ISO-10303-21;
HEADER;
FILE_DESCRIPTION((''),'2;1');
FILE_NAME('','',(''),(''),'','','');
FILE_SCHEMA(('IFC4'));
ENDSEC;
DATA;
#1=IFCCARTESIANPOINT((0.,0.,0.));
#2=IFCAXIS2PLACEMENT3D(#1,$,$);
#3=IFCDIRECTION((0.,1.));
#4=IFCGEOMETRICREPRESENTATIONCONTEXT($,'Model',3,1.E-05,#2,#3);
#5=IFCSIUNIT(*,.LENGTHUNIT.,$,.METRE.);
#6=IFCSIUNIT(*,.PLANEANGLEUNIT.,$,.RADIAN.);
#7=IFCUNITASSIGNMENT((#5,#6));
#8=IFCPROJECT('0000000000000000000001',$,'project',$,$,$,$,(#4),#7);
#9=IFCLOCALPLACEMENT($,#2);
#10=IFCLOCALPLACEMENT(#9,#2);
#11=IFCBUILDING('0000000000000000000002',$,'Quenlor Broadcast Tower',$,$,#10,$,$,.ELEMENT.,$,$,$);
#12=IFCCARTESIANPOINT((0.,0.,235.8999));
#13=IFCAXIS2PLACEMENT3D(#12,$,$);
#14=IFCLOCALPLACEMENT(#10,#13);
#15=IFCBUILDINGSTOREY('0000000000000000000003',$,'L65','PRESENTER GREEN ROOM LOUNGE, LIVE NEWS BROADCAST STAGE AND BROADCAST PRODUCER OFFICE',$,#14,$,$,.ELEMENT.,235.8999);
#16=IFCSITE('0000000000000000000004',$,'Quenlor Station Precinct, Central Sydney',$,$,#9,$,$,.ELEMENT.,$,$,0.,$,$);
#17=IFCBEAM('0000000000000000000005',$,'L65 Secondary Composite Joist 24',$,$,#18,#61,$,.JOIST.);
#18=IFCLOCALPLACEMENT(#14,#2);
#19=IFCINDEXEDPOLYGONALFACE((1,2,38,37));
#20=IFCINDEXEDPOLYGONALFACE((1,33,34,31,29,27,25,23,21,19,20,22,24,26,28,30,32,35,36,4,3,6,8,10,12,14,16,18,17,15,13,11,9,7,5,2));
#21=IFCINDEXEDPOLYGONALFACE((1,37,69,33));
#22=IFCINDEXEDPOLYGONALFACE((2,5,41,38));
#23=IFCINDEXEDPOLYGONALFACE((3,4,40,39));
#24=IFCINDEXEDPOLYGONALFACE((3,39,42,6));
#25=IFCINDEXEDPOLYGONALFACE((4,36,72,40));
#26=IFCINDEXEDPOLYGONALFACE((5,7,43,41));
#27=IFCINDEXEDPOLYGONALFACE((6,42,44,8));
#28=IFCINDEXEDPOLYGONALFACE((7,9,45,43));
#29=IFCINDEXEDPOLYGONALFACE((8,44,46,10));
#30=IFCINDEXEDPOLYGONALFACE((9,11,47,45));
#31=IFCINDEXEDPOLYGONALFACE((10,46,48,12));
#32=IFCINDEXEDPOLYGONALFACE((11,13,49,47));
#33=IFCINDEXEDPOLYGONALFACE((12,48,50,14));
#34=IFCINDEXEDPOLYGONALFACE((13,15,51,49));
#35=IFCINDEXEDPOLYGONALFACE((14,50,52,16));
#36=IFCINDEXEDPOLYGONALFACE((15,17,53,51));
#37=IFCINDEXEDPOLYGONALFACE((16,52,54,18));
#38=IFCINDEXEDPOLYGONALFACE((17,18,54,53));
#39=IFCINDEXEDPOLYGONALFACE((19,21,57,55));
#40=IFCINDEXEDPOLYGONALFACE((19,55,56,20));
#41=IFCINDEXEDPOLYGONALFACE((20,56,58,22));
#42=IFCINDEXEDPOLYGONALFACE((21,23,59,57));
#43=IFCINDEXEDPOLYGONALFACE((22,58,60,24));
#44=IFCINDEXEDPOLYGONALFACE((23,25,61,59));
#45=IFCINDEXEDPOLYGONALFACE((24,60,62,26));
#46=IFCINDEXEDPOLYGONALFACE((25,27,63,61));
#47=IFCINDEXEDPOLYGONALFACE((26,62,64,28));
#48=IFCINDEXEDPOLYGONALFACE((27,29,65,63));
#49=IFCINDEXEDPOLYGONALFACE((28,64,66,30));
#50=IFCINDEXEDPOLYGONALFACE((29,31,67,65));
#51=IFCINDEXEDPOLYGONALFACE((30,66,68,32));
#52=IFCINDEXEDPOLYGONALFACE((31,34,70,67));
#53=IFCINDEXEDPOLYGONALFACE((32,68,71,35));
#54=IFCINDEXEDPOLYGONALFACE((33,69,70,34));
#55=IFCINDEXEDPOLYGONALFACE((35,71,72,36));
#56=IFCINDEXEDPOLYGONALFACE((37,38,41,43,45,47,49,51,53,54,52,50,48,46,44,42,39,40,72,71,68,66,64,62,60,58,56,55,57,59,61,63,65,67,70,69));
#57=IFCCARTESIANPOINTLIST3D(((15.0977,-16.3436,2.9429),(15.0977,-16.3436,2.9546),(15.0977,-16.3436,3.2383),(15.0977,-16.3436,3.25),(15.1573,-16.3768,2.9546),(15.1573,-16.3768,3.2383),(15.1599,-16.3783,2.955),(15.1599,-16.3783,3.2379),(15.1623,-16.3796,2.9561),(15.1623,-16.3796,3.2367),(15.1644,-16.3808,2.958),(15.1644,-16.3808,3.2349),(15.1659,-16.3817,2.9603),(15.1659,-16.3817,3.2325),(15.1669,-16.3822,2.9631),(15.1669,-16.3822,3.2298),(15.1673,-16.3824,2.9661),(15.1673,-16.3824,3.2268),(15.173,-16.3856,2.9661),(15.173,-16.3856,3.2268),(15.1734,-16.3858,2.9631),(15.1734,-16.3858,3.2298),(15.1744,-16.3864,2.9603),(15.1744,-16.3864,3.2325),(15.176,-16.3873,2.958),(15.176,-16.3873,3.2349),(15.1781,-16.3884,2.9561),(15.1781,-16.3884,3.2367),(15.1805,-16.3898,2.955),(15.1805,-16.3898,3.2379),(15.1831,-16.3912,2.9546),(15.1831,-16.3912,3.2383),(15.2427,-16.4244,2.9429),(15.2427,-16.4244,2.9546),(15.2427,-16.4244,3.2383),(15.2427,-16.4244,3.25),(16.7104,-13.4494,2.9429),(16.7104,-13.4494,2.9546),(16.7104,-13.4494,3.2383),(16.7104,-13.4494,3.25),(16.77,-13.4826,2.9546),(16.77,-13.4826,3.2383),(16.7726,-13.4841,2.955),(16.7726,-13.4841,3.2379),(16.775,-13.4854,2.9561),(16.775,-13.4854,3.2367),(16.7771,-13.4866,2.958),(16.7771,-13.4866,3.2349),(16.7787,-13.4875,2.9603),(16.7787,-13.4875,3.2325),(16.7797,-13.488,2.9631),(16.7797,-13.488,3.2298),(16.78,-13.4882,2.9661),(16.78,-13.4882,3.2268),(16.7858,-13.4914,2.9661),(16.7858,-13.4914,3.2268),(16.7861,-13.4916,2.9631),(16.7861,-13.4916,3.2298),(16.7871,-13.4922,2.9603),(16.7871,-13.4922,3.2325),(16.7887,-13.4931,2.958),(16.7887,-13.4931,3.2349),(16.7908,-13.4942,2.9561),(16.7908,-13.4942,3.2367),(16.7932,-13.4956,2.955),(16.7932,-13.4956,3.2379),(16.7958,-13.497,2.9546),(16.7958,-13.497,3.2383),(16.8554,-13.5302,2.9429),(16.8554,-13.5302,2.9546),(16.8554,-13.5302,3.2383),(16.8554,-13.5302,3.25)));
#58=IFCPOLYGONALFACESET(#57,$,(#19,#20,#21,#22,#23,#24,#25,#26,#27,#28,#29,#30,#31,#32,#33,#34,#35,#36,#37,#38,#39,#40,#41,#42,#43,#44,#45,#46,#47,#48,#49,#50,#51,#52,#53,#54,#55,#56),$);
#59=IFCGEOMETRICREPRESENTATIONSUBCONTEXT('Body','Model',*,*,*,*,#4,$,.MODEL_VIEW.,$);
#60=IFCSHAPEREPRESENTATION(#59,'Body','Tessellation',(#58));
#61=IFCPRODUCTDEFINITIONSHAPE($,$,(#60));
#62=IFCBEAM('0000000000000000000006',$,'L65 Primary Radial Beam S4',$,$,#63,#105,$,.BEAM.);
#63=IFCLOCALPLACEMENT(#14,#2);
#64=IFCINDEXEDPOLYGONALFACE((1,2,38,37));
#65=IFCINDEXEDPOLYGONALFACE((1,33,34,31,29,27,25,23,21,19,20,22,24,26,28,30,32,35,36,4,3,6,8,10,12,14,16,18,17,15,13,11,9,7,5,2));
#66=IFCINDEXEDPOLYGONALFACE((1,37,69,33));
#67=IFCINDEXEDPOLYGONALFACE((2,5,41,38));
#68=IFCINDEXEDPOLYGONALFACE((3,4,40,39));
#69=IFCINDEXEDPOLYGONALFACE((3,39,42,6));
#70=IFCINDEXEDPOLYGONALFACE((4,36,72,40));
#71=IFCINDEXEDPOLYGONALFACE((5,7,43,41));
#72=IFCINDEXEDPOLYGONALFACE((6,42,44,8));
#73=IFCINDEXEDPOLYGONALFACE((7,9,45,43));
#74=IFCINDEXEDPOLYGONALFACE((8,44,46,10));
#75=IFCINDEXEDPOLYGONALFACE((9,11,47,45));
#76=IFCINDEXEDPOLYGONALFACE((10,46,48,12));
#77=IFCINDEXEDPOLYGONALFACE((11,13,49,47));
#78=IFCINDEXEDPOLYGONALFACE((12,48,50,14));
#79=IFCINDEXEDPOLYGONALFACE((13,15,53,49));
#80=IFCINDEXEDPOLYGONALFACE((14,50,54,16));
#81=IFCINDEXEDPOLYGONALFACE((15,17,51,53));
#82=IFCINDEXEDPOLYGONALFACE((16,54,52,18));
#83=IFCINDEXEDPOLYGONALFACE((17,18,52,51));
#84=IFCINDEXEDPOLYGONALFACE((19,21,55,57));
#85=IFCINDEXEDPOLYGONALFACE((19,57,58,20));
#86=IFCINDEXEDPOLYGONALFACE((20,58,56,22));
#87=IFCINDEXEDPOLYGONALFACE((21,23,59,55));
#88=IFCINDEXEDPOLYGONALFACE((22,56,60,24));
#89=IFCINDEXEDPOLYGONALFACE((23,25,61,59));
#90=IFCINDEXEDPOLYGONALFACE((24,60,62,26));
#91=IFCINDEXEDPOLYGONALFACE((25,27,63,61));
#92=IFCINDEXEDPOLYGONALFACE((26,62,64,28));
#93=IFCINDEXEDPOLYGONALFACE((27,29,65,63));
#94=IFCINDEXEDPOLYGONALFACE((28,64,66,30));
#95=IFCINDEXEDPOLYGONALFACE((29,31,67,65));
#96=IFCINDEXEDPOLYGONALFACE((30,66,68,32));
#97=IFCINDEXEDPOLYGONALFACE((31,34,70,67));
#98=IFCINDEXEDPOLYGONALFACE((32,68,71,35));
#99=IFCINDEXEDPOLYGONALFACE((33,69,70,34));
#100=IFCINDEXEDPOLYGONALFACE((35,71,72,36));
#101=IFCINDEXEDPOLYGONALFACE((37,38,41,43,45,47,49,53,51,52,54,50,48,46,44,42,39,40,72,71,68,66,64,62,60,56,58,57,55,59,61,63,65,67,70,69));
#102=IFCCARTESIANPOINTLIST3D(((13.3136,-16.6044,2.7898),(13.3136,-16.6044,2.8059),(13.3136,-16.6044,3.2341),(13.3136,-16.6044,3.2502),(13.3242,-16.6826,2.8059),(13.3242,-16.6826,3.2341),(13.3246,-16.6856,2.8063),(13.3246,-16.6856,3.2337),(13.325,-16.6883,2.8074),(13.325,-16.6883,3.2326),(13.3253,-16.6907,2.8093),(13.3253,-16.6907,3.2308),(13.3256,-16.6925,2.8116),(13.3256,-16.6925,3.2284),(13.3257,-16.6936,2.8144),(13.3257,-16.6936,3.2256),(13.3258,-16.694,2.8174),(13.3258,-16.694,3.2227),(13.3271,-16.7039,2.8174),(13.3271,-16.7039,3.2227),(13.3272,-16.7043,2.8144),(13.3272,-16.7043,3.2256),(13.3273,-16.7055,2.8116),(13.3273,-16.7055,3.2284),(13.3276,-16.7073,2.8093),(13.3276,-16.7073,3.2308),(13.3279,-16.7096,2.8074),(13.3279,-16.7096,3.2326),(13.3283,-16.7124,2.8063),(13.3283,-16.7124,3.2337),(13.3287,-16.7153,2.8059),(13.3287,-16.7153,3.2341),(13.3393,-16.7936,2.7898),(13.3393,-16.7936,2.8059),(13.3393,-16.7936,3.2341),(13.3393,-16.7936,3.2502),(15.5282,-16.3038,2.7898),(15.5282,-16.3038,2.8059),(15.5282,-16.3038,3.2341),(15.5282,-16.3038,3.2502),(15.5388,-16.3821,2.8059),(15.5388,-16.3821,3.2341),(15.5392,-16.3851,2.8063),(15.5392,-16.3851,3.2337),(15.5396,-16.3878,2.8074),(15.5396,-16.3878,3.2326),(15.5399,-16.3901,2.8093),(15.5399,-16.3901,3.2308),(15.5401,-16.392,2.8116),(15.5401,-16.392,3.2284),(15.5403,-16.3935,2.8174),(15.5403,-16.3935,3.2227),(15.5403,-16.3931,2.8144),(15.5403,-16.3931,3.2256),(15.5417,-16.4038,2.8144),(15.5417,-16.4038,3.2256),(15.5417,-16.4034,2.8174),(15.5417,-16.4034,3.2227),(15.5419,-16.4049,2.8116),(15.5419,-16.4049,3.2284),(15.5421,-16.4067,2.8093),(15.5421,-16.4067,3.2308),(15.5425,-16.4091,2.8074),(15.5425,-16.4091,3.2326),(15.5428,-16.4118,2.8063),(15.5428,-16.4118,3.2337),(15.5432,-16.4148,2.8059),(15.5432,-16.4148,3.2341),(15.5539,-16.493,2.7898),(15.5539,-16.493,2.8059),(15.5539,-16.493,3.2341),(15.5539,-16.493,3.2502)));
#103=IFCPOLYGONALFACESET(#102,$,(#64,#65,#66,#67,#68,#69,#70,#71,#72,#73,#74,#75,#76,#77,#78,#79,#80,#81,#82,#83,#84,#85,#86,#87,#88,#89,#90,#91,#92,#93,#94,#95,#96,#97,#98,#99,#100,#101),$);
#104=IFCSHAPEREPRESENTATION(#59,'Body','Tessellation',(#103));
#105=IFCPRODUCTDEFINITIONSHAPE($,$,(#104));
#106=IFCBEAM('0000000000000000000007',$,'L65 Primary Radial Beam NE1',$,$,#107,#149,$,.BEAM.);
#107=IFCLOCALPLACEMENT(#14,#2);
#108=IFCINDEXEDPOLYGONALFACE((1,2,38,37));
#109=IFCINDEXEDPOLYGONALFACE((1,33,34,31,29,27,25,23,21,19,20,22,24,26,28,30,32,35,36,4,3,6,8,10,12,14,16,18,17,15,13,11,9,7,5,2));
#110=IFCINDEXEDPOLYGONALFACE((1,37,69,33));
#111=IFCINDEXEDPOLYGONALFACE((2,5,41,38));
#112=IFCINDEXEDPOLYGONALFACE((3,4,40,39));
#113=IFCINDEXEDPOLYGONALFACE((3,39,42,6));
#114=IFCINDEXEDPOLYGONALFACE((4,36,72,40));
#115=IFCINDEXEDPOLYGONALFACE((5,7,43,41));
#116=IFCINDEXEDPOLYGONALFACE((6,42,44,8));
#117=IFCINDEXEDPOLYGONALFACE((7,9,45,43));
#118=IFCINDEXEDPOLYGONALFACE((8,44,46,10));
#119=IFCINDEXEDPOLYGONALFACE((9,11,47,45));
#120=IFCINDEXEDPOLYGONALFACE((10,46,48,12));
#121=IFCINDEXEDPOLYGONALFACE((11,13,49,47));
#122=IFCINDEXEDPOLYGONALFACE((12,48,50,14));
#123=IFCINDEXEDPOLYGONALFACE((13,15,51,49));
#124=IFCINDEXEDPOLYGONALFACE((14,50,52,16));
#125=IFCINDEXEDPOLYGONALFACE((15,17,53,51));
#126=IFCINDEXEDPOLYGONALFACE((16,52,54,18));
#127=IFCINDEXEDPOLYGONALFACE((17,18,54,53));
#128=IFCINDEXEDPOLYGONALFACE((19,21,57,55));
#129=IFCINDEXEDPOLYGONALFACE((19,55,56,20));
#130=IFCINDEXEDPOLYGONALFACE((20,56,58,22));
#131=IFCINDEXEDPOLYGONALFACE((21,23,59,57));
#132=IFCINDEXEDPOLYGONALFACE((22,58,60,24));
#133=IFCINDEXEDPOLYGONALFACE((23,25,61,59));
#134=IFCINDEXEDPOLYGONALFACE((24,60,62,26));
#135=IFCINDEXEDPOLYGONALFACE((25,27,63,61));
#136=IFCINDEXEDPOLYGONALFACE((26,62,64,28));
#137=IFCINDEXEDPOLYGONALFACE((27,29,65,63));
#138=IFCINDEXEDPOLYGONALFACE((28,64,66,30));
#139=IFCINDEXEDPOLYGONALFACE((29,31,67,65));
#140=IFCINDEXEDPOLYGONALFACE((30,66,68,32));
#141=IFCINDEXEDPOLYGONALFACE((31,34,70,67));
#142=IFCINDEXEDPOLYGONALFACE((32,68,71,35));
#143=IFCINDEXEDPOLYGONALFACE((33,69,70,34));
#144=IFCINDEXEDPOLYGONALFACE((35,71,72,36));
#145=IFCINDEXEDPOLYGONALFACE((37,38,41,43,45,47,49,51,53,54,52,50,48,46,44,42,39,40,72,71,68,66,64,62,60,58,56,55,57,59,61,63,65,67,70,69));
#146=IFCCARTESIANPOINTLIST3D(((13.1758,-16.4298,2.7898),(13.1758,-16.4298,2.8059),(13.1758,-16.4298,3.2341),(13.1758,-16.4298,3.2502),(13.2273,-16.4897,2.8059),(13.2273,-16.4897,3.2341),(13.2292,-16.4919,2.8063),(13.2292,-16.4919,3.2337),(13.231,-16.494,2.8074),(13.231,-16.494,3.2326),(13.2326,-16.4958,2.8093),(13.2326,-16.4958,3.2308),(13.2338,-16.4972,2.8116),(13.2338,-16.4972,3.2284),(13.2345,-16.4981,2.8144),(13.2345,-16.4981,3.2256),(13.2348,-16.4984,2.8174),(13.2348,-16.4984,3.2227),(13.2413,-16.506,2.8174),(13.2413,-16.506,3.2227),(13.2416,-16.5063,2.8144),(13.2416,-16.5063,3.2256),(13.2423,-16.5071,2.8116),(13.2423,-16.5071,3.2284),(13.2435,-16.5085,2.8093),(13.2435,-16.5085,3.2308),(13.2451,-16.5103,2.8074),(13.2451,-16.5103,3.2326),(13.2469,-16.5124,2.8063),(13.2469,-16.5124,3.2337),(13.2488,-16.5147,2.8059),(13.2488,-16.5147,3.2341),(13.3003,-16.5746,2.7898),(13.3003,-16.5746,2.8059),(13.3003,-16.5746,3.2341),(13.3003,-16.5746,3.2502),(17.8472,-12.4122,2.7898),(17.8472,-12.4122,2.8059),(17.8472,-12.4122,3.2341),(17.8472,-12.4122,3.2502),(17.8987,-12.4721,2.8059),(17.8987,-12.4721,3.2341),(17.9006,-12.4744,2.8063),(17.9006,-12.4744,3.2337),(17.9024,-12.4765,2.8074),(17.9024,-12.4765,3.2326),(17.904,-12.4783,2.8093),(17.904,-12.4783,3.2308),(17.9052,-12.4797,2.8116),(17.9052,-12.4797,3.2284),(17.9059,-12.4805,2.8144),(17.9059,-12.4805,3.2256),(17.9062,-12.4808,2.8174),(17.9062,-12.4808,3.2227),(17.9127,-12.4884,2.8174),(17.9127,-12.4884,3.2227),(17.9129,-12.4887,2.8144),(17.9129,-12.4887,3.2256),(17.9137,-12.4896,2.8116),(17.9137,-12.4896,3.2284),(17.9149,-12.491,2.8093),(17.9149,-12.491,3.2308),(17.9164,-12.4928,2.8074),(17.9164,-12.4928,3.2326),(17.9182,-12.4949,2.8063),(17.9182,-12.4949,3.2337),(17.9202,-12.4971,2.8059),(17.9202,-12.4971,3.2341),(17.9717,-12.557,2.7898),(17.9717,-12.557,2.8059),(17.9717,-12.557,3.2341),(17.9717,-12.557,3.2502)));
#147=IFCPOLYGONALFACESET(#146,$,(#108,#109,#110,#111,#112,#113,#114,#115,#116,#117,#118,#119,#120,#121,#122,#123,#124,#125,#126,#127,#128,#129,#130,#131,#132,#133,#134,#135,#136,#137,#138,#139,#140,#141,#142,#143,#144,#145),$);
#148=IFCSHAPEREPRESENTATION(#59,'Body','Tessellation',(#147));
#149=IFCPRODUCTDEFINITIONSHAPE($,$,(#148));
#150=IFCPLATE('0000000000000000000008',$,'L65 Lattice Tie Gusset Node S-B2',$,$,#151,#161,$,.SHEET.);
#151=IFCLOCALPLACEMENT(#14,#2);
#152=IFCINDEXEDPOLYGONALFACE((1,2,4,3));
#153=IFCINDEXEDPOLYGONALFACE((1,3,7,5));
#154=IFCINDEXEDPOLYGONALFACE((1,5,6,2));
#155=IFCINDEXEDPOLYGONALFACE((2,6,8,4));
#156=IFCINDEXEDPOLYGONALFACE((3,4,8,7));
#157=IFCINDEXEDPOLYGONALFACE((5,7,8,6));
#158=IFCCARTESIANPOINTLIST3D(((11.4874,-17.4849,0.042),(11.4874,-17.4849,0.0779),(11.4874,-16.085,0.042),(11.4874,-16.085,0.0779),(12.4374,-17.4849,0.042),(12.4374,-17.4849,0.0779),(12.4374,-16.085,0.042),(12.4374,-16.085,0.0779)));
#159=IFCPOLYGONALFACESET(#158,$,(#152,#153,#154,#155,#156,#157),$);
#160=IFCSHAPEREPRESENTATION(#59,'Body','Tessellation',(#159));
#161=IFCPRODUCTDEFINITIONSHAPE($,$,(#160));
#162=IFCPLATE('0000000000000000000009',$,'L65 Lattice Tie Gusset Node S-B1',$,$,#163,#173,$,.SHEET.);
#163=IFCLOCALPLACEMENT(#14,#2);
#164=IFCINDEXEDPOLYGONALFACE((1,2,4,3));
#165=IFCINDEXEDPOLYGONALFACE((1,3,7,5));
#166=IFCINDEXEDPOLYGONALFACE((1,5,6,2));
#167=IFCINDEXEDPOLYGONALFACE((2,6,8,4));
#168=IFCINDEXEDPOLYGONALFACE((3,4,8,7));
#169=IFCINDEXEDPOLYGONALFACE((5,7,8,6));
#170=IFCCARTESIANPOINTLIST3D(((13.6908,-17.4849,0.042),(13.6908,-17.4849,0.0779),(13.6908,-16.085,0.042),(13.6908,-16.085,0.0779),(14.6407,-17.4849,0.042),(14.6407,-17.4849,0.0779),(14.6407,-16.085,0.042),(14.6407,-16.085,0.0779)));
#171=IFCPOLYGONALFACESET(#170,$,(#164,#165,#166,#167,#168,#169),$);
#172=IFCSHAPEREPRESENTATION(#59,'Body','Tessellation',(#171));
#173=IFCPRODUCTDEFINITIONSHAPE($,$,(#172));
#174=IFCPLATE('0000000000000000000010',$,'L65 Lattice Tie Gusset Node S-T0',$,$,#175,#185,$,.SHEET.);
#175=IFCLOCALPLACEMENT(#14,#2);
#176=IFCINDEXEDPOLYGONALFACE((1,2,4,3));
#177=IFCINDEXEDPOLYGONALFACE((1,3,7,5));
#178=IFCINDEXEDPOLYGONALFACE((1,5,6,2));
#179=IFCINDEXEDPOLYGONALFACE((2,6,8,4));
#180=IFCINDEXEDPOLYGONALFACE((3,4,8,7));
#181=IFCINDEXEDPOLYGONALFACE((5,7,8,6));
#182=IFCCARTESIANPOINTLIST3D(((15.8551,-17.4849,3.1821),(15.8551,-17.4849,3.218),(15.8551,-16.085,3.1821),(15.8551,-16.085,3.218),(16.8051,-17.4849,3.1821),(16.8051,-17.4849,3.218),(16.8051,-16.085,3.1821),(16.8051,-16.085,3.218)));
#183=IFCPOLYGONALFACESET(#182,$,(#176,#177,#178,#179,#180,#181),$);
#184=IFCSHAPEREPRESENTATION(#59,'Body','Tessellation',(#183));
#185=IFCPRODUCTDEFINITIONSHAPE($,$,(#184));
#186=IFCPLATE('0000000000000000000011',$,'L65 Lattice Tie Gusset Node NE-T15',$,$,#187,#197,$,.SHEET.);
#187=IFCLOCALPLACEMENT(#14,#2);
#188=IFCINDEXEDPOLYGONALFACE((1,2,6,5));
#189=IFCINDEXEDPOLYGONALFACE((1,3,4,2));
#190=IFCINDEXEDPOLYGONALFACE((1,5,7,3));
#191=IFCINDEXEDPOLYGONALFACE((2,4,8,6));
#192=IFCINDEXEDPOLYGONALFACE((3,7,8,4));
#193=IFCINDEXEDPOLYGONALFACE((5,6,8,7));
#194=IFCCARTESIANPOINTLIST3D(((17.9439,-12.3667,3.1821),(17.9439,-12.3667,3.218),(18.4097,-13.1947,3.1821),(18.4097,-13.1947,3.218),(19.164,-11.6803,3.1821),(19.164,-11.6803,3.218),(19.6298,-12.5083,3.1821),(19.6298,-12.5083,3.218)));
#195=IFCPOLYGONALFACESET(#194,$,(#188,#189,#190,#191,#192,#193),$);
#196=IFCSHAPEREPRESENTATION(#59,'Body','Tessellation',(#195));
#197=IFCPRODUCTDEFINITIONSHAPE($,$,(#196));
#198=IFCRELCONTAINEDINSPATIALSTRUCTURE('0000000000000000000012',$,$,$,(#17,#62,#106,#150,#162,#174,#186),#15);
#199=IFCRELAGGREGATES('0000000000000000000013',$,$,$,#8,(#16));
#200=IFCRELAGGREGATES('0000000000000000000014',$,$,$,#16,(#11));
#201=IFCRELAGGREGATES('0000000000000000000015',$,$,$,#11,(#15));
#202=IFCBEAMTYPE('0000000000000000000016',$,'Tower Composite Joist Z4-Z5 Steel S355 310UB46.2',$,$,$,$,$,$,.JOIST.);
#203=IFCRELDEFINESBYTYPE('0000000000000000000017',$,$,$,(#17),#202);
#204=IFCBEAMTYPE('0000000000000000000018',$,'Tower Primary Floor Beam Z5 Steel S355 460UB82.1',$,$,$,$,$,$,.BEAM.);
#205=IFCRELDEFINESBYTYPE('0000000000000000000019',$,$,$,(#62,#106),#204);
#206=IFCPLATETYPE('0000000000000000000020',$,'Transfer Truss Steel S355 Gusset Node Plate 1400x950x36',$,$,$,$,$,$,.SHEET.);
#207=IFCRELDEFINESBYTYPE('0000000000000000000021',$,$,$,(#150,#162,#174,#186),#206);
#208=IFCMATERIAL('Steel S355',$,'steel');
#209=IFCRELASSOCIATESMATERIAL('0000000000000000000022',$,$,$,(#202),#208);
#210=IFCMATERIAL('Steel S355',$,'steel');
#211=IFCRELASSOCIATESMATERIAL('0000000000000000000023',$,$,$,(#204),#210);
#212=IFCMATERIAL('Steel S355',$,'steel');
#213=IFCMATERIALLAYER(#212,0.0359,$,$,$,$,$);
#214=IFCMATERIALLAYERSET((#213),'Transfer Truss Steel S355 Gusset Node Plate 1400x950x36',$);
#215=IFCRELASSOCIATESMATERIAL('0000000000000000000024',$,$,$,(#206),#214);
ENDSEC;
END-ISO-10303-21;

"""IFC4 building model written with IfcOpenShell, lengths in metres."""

from ifc_helpers import new_model, si_unit, direction, frame, origin, origin_2d, place, context, subcontext, project, spatial, rectangle, i_section, extrude, material, layer, layer_set, material_profile, profile_set, type_object, element, save


model = new_model("IFC4")

# Units and contexts
model_context = context("Model", 3, precision=1e-05, world=origin(), true_north=direction((0.0, 1.0)))
body_context = subcontext(model_context, "Body", "Model", "MODEL_VIEW")
ifc_project = project(units=[si_unit("LENGTHUNIT", "METRE"), si_unit("PLANEANGLEUNIT", "RADIAN")], contexts=[model_context])

# Site, building, storey
site_placement = place(None, origin())
site = spatial("IfcSite", under=ifc_project, at=site_placement, Name="Quenlor Station Precinct, Central Sydney", CompositionType="ELEMENT", RefElevation=0.0)
building_placement = place(site_placement, origin())
building = spatial("IfcBuilding", under=site, at=building_placement, Name="Quenlor Broadcast Tower", CompositionType="ELEMENT")
storey_placement = place(building_placement, frame((0.0, 0.0, 235.8999)))
storey = spatial("IfcBuildingStorey", under=building, at=storey_placement, Name="L65", Description="PRESENTER GREEN ROOM LOUNGE, LIVE NEWS BROADCAST STAGE AND BROADCAST PRODUCER OFFICE", CompositionType="ELEMENT", Elevation=235.8999)

# Beams
ifc_material_1 = material(Name="Steel S355", Category="steel")
ifc_material_profile_1 = material_profile(ifc_material_1, i_section(OverallWidth=0.166, OverallDepth=0.3071, WebThickness=0.0066, FlangeThickness=0.0117, FilletRadius=0.0115, at=origin_2d()))
ifc_profile_set_1 = profile_set([ifc_material_profile_1], Name="Steel S355 310UB46.2")
beam_type_1 = type_object("IfcBeamType", Name="Tower Composite Joist Z4-Z5 Steel S355 310UB46.2", PredefinedType="JOIST", material=ifc_profile_set_1)
beam_1_placement = place(storey_placement, frame((15.1702, -16.384, 3.0964), z_axis=(0.486762, 0.873534, 0.0), x_axis=(-0.873534, 0.486762, 0.0)))
element("IfcBeam", 1, at=beam_1_placement, inside=storey, type_object=beam_type_1, Name="L65 Secondary Composite Joist 24", PredefinedType="JOIST", context=body_context, shape_type="SweptSolid", body=[
    extrude(i_section(OverallWidth=0.166, OverallDepth=0.3071, WebThickness=0.0066, FlangeThickness=0.0117, FilletRadius=0.0115, at=origin_2d()), origin(), (0.0, 0.0, 1.0), 3.3132),
])
ifc_material_2 = material(Name="Steel S355", Category="steel")
ifc_material_profile_2 = material_profile(ifc_material_2, i_section(OverallWidth=0.1909, OverallDepth=0.4604, WebThickness=0.01, FlangeThickness=0.0161, FilletRadius=0.0115, at=origin_2d()))
ifc_profile_set_2 = profile_set([ifc_material_profile_2], Name="Steel S355 460UB82.1")
beam_type_2 = type_object("IfcBeamType", Name="Tower Primary Floor Beam Z5 Steel S355 460UB82.1", PredefinedType="BEAM", material=ifc_profile_set_2)
beam_2_placement = place(storey_placement, frame((15.541, -16.3984, 3.02), z_axis=(-0.990917, -0.134475, 0.0), x_axis=(0.134475, -0.990917, 0.0)))
element("IfcBeam", 2, at=beam_2_placement, inside=storey, type_object=beam_type_2, Name="L65 Primary Radial Beam S4", PredefinedType="BEAM", context=body_context, shape_type="SweptSolid", body=[
    extrude(i_section(OverallWidth=0.1909, OverallDepth=0.4604, WebThickness=0.01, FlangeThickness=0.0161, FilletRadius=0.0115, at=origin_2d()), origin(), (0.0, 0.0, 1.0), 2.2349),
])
beam_3_placement = place(storey_placement, frame((17.9094, -12.4846, 3.02), z_axis=(-0.75817, -0.652057, 0.0), x_axis=(0.652057, -0.75817, 0.0)))
element("IfcBeam", 3, at=beam_3_placement, inside=storey, type_object=beam_type_2, Name="L65 Primary Radial Beam NE1", PredefinedType="BEAM", context=body_context, shape_type="SweptSolid", body=[
    extrude(i_section(OverallWidth=0.1909, OverallDepth=0.4604, WebThickness=0.01, FlangeThickness=0.0161, FilletRadius=0.0115, at=origin_2d()), origin(), (0.0, 0.0, 1.0), 6.1614),
])

# Plates
ifc_material_3 = material(Name="Steel S355", Category="steel")
ifc_layer_1 = layer(ifc_material_3, 0.0359)
ifc_layer_set_1 = layer_set([ifc_layer_1], Name="Transfer Truss Steel S355 Gusset Node Plate 1400x950x36")
plate_type = type_object("IfcPlateType", Name="Transfer Truss Steel S355 Gusset Node Plate 1400x950x36", PredefinedType="SHEET", material=ifc_layer_set_1)
for number, where, z_axis, x_axis, name in (
    (4, (11.9624, -16.7849, 0.042), (0.0, 0.0, 1.0), (0.0, -1.0, 0.0), "L65 Lattice Tie Gusset Node S-B2"),
    (5, (14.1658, -16.7849, 0.042), (0.0, 0.0, 1.0), (0.0, -1.0, 0.0), "L65 Lattice Tie Gusset Node S-B1"),
    (6, (16.3301, -16.7849, 3.1821), (0.0, 0.0, 1.0), (0.0, -1.0, 0.0), "L65 Lattice Tie Gusset Node S-T0"),
    (7, (18.7869, -12.4375, 3.1821), (0.0, 0.0, 1.0), (0.871556, 0.490295, 0.0), "L65 Lattice Tie Gusset Node NE-T15"),
):
    element("IfcPlate", number, at=place(storey_placement, frame(where, z_axis=z_axis, x_axis=x_axis)), inside=storey, type_object=plate_type, Name=name, PredefinedType="SHEET", context=body_context, shape_type="SweptSolid", body=[
        extrude(rectangle(XDim=1.3999, YDim=0.95, at=origin_2d()), origin(), (0.0, 0.0, 1.0), 0.0359),
    ])

save(model, "model.ifc")
